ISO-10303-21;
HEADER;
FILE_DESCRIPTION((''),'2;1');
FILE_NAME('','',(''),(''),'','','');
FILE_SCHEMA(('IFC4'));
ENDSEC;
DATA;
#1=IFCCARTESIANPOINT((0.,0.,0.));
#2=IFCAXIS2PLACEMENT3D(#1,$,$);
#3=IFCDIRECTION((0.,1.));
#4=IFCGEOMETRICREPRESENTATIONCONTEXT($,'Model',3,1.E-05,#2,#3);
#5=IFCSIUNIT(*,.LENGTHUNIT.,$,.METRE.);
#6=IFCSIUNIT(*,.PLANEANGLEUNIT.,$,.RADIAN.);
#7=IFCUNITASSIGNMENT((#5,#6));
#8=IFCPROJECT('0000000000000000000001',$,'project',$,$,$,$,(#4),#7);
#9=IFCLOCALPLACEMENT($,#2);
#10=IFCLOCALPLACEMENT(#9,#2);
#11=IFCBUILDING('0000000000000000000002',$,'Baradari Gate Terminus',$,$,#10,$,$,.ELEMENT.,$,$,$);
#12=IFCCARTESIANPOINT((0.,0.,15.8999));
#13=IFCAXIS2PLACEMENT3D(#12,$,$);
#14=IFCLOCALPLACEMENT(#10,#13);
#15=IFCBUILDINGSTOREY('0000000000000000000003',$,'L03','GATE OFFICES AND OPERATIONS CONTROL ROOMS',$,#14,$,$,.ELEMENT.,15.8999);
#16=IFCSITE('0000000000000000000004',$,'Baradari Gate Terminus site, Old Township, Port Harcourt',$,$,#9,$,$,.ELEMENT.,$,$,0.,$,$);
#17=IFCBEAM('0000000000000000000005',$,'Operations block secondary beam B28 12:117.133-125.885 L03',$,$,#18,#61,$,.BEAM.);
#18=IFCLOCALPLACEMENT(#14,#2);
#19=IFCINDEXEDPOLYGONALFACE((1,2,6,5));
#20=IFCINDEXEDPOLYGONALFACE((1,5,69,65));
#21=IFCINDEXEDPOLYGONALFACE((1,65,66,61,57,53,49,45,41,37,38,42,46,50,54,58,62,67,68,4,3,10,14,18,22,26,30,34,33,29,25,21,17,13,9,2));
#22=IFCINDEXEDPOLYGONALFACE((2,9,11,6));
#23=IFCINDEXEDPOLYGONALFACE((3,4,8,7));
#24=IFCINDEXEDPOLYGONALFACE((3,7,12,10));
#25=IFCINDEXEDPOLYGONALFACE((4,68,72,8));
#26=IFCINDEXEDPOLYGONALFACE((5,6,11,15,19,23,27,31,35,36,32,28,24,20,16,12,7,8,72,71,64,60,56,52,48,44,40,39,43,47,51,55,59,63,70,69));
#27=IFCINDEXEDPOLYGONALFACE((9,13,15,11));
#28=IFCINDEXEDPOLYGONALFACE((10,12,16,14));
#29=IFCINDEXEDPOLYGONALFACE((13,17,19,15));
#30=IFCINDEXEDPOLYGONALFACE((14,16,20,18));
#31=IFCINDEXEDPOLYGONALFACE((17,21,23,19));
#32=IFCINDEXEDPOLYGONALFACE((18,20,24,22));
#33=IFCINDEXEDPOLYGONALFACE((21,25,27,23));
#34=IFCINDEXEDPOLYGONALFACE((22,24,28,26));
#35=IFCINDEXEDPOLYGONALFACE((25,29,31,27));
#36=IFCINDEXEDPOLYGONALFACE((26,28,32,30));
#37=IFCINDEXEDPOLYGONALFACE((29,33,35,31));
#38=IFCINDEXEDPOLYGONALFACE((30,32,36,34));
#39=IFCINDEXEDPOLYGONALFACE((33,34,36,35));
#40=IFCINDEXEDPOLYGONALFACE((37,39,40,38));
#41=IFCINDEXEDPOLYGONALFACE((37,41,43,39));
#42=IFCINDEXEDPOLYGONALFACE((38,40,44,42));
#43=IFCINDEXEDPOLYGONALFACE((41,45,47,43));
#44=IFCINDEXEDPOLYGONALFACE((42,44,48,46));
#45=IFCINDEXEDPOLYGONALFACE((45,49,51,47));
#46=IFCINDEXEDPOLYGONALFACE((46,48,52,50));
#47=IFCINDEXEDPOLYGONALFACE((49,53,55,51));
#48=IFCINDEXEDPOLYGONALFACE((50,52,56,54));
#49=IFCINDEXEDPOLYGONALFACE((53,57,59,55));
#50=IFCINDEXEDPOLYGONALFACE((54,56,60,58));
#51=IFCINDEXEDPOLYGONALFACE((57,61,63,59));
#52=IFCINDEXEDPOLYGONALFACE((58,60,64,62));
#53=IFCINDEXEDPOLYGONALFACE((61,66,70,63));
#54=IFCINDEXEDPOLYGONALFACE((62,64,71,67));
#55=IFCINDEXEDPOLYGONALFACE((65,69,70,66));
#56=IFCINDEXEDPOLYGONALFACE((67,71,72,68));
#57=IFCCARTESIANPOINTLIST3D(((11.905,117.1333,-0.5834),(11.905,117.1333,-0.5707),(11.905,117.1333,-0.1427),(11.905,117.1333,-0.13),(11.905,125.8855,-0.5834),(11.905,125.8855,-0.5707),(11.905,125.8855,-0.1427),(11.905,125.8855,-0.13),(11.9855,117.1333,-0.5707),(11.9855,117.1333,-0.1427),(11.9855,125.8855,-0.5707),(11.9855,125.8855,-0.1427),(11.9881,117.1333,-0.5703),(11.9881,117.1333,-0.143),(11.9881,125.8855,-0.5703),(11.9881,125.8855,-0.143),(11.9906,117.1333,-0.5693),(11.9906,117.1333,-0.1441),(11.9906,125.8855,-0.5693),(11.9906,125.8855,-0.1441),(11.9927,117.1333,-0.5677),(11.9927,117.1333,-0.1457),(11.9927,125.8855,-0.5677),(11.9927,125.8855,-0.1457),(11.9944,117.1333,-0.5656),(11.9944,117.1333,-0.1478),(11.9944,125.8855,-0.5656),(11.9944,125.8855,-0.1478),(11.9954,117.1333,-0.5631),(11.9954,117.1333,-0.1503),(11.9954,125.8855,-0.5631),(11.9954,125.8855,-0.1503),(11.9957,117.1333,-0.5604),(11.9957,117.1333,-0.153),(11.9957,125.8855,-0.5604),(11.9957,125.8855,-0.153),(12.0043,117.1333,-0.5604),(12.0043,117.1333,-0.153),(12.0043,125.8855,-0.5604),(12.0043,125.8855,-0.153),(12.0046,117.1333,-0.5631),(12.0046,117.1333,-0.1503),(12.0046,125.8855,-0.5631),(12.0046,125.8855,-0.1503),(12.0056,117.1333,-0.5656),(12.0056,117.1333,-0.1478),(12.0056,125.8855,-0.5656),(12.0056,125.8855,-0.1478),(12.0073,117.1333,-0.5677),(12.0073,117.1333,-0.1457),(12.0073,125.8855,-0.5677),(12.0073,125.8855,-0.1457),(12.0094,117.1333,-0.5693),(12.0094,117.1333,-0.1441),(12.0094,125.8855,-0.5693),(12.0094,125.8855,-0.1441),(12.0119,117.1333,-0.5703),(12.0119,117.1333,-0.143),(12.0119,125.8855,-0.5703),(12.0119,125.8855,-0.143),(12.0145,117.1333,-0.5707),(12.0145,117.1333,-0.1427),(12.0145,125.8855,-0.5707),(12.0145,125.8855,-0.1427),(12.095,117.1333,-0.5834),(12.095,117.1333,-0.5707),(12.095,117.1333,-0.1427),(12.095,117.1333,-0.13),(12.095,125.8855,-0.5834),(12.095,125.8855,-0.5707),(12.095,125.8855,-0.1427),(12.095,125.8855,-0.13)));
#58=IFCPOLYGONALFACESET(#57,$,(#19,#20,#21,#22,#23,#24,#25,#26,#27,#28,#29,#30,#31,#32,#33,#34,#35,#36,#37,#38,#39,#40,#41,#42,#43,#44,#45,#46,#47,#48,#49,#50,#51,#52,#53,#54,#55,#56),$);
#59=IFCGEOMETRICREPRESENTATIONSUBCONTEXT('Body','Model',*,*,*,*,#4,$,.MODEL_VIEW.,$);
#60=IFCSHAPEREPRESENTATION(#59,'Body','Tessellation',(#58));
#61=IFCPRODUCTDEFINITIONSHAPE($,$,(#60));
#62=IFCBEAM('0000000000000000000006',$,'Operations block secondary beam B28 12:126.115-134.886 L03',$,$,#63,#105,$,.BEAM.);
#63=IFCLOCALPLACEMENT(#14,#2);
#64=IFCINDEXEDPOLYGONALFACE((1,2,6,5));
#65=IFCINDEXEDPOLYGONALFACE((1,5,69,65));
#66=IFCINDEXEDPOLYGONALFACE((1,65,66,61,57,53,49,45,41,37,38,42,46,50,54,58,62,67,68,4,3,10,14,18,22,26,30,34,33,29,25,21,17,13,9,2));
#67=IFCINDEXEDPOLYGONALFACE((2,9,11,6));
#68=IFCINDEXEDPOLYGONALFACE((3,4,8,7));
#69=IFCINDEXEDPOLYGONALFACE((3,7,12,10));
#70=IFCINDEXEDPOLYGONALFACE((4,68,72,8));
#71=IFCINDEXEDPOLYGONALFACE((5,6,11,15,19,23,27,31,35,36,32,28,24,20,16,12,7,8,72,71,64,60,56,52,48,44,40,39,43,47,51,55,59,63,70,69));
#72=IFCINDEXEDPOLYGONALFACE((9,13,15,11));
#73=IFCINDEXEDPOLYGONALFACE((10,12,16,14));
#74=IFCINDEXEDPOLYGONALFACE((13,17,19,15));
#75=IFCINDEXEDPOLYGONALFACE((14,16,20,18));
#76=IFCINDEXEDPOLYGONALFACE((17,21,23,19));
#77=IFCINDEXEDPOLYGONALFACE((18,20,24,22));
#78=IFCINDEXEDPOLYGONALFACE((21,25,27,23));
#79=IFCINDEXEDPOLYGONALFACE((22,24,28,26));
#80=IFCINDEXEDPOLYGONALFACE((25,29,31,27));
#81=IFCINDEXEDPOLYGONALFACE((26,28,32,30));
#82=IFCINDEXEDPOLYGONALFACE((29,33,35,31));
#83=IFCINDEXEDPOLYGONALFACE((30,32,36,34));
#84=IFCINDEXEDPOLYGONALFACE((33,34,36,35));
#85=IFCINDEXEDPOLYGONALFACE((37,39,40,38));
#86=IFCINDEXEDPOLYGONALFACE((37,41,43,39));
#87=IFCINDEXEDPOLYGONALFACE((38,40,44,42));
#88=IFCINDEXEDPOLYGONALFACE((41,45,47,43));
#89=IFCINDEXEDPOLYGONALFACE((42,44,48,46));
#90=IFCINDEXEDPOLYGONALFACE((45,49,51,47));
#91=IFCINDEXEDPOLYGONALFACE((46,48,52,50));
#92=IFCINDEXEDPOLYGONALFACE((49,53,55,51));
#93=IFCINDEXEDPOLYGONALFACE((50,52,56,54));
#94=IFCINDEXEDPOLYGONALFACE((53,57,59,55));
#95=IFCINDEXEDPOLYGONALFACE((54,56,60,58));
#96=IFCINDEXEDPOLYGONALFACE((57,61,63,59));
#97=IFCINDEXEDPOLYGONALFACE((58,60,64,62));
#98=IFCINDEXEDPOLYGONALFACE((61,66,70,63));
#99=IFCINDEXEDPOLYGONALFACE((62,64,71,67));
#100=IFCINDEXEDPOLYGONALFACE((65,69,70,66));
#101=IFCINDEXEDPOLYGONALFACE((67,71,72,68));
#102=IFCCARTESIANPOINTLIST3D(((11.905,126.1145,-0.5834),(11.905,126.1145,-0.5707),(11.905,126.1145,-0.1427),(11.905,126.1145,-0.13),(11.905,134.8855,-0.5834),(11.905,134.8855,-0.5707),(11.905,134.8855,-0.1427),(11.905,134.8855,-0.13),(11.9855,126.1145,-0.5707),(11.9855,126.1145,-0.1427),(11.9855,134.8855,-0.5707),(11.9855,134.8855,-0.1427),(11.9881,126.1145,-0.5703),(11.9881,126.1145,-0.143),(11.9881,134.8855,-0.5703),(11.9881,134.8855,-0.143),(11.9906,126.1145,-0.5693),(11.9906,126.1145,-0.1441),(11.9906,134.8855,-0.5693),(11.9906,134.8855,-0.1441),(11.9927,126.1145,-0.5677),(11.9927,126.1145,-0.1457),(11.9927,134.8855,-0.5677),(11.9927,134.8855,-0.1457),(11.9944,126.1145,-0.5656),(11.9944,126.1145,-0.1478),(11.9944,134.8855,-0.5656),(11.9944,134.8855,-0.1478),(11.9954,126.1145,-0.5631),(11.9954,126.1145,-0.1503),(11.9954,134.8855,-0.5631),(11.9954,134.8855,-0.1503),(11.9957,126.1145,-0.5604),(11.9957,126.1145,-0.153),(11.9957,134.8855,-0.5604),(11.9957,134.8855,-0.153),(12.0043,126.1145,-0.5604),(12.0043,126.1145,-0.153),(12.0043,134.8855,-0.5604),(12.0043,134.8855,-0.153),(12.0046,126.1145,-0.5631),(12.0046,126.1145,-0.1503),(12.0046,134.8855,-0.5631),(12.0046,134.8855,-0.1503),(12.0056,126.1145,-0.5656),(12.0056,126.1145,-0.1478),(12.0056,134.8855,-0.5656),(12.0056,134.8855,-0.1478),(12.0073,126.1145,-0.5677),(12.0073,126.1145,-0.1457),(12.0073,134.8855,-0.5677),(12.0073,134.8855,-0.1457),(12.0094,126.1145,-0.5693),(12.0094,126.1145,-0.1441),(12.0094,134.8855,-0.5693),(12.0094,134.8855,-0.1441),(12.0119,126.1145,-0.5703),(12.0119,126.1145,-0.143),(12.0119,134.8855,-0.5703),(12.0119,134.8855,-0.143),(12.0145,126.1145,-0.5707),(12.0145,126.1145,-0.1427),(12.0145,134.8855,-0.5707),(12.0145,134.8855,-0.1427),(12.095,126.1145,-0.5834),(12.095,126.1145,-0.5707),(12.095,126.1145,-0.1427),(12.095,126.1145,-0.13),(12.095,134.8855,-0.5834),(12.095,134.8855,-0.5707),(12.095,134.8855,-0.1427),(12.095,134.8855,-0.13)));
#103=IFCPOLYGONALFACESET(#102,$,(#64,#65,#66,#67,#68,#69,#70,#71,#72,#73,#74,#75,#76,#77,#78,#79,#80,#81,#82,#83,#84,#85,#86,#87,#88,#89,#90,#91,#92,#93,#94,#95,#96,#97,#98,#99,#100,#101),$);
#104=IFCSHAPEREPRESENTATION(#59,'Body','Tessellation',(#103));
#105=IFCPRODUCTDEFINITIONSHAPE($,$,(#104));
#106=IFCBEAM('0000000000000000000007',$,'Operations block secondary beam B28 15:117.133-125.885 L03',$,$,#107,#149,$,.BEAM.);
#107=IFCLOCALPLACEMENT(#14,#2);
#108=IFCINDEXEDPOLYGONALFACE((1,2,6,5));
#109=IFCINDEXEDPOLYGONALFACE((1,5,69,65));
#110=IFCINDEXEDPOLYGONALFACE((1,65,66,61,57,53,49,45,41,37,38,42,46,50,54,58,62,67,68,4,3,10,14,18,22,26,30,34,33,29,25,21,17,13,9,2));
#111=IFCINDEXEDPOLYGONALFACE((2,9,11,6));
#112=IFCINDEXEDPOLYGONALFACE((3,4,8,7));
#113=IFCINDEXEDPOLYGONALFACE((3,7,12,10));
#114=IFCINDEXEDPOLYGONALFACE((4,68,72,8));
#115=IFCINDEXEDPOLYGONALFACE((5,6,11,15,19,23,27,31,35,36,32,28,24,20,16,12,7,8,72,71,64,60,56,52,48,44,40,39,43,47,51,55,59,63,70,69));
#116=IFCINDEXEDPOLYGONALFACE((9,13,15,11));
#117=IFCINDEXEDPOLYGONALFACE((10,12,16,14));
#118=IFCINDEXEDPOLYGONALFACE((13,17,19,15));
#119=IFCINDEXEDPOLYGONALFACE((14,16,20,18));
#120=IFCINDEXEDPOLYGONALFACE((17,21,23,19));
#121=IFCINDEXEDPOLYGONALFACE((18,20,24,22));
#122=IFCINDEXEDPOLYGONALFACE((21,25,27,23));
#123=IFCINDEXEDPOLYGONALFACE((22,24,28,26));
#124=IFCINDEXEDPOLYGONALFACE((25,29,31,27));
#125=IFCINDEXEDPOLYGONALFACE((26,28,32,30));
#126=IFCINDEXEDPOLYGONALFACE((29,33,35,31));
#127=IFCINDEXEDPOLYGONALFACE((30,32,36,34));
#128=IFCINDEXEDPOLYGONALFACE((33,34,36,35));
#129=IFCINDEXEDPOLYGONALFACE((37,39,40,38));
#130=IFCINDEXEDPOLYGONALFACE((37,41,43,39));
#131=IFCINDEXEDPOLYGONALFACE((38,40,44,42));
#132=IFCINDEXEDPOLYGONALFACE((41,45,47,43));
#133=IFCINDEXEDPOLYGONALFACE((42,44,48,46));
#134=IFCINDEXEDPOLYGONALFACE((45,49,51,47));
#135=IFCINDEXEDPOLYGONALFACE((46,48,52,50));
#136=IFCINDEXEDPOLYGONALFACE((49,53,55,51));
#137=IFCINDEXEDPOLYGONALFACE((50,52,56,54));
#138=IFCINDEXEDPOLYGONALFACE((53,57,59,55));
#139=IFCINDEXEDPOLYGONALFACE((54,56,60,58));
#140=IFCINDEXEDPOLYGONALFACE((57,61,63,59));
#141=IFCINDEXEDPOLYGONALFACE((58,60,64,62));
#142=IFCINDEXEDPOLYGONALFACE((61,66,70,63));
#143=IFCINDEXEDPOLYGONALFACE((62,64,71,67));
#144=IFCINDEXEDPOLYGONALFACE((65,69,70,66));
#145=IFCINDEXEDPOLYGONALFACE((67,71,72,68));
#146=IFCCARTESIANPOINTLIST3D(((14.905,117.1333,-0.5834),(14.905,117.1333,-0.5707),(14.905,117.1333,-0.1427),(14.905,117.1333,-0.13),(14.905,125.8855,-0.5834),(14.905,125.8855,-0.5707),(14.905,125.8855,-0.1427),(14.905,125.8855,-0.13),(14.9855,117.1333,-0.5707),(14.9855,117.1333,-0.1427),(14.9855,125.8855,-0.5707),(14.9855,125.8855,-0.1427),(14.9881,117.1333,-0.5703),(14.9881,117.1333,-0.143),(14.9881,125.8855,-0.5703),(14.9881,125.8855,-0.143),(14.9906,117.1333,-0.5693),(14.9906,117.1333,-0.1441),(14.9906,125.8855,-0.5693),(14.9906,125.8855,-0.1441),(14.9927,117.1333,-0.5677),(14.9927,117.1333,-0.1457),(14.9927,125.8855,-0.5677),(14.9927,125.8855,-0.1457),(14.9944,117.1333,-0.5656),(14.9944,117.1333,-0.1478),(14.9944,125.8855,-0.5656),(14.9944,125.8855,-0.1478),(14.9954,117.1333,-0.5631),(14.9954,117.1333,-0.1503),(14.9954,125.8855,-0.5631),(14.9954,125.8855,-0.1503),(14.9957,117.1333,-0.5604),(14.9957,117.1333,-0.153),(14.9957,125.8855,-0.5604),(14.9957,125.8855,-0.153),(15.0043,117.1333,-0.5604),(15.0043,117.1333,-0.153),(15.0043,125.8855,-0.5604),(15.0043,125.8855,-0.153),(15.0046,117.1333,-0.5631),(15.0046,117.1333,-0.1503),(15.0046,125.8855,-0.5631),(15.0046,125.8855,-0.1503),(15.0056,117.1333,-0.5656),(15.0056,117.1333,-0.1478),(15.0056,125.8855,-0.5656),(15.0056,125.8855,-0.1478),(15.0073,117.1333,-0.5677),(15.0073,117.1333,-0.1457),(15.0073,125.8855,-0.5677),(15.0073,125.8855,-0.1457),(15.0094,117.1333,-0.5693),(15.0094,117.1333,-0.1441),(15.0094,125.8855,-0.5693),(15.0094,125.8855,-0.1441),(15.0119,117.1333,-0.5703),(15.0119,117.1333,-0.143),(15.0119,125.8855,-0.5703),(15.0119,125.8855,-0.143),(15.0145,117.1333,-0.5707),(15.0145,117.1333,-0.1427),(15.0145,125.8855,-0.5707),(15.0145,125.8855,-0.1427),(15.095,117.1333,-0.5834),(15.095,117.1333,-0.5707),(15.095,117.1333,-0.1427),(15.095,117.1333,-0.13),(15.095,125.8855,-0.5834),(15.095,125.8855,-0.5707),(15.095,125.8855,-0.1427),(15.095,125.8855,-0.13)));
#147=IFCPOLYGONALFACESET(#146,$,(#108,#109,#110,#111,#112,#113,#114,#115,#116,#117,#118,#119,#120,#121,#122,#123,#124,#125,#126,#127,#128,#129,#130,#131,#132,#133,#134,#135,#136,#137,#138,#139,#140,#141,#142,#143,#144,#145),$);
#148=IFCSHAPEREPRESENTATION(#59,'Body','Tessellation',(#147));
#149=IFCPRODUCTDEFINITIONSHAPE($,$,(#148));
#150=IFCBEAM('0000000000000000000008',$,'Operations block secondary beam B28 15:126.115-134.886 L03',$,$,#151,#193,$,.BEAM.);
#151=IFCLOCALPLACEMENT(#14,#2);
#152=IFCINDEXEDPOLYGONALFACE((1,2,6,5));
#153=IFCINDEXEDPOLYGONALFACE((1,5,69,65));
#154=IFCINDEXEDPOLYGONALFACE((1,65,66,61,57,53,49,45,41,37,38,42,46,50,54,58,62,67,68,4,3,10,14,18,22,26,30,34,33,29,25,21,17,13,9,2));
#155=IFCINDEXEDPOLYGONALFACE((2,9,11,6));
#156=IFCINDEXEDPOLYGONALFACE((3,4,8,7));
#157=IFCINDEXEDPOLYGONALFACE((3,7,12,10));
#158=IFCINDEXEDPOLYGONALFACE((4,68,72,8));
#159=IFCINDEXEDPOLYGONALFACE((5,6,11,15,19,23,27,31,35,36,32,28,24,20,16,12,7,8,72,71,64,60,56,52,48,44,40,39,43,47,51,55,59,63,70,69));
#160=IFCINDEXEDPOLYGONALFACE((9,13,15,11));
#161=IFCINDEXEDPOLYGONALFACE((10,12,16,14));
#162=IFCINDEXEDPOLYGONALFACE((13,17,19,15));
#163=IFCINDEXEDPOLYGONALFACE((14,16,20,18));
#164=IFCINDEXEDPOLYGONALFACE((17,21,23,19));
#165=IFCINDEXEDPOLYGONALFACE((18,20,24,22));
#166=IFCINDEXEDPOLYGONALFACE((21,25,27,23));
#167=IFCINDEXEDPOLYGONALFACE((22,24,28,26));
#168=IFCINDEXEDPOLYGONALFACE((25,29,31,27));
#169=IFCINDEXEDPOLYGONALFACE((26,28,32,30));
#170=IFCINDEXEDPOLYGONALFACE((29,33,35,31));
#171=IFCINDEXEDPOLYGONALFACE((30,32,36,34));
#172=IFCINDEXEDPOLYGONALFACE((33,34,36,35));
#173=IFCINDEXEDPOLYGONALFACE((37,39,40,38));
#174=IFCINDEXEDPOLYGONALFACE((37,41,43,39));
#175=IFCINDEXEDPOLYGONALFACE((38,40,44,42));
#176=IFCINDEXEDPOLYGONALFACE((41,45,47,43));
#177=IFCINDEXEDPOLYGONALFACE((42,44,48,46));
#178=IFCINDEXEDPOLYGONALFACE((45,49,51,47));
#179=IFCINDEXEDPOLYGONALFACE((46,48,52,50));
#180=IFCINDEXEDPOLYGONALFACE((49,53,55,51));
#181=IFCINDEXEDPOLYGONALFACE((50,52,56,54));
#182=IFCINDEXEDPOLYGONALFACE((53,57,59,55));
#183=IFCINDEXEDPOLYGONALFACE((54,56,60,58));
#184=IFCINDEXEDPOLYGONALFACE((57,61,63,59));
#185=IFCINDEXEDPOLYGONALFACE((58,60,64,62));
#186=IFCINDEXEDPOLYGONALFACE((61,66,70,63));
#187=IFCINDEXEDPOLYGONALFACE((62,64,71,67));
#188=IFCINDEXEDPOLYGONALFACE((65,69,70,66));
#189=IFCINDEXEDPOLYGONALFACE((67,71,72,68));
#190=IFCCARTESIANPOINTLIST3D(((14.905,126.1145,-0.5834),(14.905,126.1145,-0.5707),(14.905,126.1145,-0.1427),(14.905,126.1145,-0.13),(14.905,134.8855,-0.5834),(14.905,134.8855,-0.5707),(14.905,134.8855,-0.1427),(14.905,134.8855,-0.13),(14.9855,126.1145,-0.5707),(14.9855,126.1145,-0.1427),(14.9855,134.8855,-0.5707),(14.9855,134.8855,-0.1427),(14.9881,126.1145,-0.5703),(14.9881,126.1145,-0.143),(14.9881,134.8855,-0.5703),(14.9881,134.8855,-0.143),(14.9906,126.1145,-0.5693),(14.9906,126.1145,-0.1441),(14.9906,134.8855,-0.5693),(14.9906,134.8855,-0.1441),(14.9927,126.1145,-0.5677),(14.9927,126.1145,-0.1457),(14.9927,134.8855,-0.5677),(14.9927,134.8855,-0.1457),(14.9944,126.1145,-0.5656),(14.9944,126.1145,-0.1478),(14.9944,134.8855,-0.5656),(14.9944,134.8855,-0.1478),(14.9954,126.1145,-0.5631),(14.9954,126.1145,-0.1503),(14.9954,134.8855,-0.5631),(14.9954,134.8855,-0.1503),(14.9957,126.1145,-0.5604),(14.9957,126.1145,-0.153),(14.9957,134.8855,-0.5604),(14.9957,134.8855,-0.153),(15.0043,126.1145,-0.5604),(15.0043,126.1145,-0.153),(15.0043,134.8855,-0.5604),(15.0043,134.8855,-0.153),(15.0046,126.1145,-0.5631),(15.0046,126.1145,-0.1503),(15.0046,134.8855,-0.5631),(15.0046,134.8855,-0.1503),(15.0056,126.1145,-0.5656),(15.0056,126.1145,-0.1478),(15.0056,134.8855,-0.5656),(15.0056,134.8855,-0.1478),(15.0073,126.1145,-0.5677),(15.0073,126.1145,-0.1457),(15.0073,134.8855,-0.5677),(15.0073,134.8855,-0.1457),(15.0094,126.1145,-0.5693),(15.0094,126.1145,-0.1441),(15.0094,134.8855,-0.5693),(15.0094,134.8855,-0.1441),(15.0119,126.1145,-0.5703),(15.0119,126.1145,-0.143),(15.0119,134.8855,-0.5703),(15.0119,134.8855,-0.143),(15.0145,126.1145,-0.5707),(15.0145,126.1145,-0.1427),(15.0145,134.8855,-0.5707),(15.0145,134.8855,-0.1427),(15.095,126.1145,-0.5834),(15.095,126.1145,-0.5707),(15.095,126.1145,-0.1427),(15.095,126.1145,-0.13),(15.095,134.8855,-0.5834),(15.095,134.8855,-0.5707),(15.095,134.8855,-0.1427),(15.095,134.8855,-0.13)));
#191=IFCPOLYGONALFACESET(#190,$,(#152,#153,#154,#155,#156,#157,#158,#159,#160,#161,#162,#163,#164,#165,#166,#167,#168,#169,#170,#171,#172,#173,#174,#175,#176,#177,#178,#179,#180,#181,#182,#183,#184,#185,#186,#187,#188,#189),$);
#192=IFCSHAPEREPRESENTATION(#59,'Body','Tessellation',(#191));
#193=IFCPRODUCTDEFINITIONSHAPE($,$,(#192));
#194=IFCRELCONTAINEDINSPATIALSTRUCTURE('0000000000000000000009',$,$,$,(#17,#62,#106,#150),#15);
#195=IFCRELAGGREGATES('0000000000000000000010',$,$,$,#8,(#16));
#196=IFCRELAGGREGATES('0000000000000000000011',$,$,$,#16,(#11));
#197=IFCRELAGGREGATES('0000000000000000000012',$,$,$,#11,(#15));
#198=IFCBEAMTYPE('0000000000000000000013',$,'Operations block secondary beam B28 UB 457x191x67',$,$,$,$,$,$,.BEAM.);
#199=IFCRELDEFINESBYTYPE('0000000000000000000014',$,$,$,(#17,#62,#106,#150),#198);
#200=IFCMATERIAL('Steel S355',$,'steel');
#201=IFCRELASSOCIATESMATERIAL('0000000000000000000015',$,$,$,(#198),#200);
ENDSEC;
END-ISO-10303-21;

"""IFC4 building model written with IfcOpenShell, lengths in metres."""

from ifc_helpers import new_model, si_unit, direction, frame, origin, origin_2d, place, context, subcontext, project, spatial, i_section, extrude, material, material_profile, profile_set, type_object, element, save


model = new_model("IFC4")

# Units and contexts
model_context = context("Model", 3, precision=1e-05, world=origin(), true_north=direction((0.0, 1.0)))
body_context = subcontext(model_context, "Body", "Model", "MODEL_VIEW")
ifc_project = project(units=[si_unit("LENGTHUNIT", "METRE"), si_unit("PLANEANGLEUNIT", "RADIAN")], contexts=[model_context])

# Site, building, storey
site_placement = place(None, origin())
site = spatial("IfcSite", under=ifc_project, at=site_placement, Name="Baradari Gate Terminus site, Old Township, Port Harcourt", CompositionType="ELEMENT", RefElevation=0.0)
building_placement = place(site_placement, origin())
building = spatial("IfcBuilding", under=site, at=building_placement, Name="Baradari Gate Terminus", CompositionType="ELEMENT")
storey_placement = place(building_placement, frame((0.0, 0.0, 15.8999)))
storey = spatial("IfcBuildingStorey", under=building, at=storey_placement, Name="L03", Description="GATE OFFICES AND OPERATIONS CONTROL ROOMS", CompositionType="ELEMENT", Elevation=15.8999)

# Beams
ifc_material_1 = material(Name="Steel S355", Category="steel")
ifc_material_profile_1 = material_profile(ifc_material_1, i_section(OverallWidth=0.1899, OverallDepth=0.4534, WebThickness=0.0085, FlangeThickness=0.0127, FilletRadius=0.0103, at=origin_2d()), Name="UB 457x191x67")
ifc_profile_set_1 = profile_set([ifc_material_profile_1], Name="Steel S355")
beam_type_1 = type_object("IfcBeamType", Name="Operations block secondary beam B28 UB 457x191x67", PredefinedType="BEAM", material=ifc_profile_set_1)
beam_1_placement = place(storey_placement, frame((12.0, 117.1333, -0.3567), z_axis=(0.0, 1.0, 0.0), x_axis=(-1.0, 0.0, 0.0)))
element("IfcBeam", 1, at=beam_1_placement, inside=storey, type_object=beam_type_1, Name="Operations block secondary beam B28 12:117.133-125.885 L03", PredefinedType="BEAM", context=body_context, shape_type="SweptSolid", body=[
    extrude(i_section(OverallWidth=0.1899, OverallDepth=0.4534, WebThickness=0.0085, FlangeThickness=0.0127, FilletRadius=0.0103, at=origin_2d()), origin(), (0.0, 0.0, 1.0), 8.7522),
])
beam_2_placement = place(storey_placement, frame((12.0, 126.1145, -0.3567), z_axis=(0.0, 1.0, 0.0), x_axis=(-1.0, 0.0, 0.0)))
element("IfcBeam", 2, at=beam_2_placement, inside=storey, type_object=beam_type_1, Name="Operations block secondary beam B28 12:126.115-134.886 L03", PredefinedType="BEAM", context=body_context, shape_type="SweptSolid", body=[
    extrude(i_section(OverallWidth=0.1899, OverallDepth=0.4534, WebThickness=0.0085, FlangeThickness=0.0127, FilletRadius=0.0103, at=origin_2d()), origin(), (0.0, 0.0, 1.0), 8.771),
])
beam_3_placement = place(storey_placement, frame((15.0, 117.1333, -0.3567), z_axis=(0.0, 1.0, 0.0), x_axis=(-1.0, 0.0, 0.0)))
element("IfcBeam", 3, at=beam_3_placement, inside=storey, type_object=beam_type_1, Name="Operations block secondary beam B28 15:117.133-125.885 L03", PredefinedType="BEAM", context=body_context, shape_type="SweptSolid", body=[
    extrude(i_section(OverallWidth=0.1899, OverallDepth=0.4534, WebThickness=0.0085, FlangeThickness=0.0127, FilletRadius=0.0103, at=origin_2d()), origin(), (0.0, 0.0, 1.0), 8.7522),
])
beam_4_placement = place(storey_placement, frame((15.0, 126.1145, -0.3567), z_axis=(0.0, 1.0, 0.0), x_axis=(-1.0, 0.0, 0.0)))
element("IfcBeam", 4, at=beam_4_placement, inside=storey, type_object=beam_type_1, Name="Operations block secondary beam B28 15:126.115-134.886 L03", PredefinedType="BEAM", context=body_context, shape_type="SweptSolid", body=[
    extrude(i_section(OverallWidth=0.1899, OverallDepth=0.4534, WebThickness=0.0085, FlangeThickness=0.0127, FilletRadius=0.0103, at=origin_2d()), origin(), (0.0, 0.0, 1.0), 8.771),
])

save(model, "model.ifc")
